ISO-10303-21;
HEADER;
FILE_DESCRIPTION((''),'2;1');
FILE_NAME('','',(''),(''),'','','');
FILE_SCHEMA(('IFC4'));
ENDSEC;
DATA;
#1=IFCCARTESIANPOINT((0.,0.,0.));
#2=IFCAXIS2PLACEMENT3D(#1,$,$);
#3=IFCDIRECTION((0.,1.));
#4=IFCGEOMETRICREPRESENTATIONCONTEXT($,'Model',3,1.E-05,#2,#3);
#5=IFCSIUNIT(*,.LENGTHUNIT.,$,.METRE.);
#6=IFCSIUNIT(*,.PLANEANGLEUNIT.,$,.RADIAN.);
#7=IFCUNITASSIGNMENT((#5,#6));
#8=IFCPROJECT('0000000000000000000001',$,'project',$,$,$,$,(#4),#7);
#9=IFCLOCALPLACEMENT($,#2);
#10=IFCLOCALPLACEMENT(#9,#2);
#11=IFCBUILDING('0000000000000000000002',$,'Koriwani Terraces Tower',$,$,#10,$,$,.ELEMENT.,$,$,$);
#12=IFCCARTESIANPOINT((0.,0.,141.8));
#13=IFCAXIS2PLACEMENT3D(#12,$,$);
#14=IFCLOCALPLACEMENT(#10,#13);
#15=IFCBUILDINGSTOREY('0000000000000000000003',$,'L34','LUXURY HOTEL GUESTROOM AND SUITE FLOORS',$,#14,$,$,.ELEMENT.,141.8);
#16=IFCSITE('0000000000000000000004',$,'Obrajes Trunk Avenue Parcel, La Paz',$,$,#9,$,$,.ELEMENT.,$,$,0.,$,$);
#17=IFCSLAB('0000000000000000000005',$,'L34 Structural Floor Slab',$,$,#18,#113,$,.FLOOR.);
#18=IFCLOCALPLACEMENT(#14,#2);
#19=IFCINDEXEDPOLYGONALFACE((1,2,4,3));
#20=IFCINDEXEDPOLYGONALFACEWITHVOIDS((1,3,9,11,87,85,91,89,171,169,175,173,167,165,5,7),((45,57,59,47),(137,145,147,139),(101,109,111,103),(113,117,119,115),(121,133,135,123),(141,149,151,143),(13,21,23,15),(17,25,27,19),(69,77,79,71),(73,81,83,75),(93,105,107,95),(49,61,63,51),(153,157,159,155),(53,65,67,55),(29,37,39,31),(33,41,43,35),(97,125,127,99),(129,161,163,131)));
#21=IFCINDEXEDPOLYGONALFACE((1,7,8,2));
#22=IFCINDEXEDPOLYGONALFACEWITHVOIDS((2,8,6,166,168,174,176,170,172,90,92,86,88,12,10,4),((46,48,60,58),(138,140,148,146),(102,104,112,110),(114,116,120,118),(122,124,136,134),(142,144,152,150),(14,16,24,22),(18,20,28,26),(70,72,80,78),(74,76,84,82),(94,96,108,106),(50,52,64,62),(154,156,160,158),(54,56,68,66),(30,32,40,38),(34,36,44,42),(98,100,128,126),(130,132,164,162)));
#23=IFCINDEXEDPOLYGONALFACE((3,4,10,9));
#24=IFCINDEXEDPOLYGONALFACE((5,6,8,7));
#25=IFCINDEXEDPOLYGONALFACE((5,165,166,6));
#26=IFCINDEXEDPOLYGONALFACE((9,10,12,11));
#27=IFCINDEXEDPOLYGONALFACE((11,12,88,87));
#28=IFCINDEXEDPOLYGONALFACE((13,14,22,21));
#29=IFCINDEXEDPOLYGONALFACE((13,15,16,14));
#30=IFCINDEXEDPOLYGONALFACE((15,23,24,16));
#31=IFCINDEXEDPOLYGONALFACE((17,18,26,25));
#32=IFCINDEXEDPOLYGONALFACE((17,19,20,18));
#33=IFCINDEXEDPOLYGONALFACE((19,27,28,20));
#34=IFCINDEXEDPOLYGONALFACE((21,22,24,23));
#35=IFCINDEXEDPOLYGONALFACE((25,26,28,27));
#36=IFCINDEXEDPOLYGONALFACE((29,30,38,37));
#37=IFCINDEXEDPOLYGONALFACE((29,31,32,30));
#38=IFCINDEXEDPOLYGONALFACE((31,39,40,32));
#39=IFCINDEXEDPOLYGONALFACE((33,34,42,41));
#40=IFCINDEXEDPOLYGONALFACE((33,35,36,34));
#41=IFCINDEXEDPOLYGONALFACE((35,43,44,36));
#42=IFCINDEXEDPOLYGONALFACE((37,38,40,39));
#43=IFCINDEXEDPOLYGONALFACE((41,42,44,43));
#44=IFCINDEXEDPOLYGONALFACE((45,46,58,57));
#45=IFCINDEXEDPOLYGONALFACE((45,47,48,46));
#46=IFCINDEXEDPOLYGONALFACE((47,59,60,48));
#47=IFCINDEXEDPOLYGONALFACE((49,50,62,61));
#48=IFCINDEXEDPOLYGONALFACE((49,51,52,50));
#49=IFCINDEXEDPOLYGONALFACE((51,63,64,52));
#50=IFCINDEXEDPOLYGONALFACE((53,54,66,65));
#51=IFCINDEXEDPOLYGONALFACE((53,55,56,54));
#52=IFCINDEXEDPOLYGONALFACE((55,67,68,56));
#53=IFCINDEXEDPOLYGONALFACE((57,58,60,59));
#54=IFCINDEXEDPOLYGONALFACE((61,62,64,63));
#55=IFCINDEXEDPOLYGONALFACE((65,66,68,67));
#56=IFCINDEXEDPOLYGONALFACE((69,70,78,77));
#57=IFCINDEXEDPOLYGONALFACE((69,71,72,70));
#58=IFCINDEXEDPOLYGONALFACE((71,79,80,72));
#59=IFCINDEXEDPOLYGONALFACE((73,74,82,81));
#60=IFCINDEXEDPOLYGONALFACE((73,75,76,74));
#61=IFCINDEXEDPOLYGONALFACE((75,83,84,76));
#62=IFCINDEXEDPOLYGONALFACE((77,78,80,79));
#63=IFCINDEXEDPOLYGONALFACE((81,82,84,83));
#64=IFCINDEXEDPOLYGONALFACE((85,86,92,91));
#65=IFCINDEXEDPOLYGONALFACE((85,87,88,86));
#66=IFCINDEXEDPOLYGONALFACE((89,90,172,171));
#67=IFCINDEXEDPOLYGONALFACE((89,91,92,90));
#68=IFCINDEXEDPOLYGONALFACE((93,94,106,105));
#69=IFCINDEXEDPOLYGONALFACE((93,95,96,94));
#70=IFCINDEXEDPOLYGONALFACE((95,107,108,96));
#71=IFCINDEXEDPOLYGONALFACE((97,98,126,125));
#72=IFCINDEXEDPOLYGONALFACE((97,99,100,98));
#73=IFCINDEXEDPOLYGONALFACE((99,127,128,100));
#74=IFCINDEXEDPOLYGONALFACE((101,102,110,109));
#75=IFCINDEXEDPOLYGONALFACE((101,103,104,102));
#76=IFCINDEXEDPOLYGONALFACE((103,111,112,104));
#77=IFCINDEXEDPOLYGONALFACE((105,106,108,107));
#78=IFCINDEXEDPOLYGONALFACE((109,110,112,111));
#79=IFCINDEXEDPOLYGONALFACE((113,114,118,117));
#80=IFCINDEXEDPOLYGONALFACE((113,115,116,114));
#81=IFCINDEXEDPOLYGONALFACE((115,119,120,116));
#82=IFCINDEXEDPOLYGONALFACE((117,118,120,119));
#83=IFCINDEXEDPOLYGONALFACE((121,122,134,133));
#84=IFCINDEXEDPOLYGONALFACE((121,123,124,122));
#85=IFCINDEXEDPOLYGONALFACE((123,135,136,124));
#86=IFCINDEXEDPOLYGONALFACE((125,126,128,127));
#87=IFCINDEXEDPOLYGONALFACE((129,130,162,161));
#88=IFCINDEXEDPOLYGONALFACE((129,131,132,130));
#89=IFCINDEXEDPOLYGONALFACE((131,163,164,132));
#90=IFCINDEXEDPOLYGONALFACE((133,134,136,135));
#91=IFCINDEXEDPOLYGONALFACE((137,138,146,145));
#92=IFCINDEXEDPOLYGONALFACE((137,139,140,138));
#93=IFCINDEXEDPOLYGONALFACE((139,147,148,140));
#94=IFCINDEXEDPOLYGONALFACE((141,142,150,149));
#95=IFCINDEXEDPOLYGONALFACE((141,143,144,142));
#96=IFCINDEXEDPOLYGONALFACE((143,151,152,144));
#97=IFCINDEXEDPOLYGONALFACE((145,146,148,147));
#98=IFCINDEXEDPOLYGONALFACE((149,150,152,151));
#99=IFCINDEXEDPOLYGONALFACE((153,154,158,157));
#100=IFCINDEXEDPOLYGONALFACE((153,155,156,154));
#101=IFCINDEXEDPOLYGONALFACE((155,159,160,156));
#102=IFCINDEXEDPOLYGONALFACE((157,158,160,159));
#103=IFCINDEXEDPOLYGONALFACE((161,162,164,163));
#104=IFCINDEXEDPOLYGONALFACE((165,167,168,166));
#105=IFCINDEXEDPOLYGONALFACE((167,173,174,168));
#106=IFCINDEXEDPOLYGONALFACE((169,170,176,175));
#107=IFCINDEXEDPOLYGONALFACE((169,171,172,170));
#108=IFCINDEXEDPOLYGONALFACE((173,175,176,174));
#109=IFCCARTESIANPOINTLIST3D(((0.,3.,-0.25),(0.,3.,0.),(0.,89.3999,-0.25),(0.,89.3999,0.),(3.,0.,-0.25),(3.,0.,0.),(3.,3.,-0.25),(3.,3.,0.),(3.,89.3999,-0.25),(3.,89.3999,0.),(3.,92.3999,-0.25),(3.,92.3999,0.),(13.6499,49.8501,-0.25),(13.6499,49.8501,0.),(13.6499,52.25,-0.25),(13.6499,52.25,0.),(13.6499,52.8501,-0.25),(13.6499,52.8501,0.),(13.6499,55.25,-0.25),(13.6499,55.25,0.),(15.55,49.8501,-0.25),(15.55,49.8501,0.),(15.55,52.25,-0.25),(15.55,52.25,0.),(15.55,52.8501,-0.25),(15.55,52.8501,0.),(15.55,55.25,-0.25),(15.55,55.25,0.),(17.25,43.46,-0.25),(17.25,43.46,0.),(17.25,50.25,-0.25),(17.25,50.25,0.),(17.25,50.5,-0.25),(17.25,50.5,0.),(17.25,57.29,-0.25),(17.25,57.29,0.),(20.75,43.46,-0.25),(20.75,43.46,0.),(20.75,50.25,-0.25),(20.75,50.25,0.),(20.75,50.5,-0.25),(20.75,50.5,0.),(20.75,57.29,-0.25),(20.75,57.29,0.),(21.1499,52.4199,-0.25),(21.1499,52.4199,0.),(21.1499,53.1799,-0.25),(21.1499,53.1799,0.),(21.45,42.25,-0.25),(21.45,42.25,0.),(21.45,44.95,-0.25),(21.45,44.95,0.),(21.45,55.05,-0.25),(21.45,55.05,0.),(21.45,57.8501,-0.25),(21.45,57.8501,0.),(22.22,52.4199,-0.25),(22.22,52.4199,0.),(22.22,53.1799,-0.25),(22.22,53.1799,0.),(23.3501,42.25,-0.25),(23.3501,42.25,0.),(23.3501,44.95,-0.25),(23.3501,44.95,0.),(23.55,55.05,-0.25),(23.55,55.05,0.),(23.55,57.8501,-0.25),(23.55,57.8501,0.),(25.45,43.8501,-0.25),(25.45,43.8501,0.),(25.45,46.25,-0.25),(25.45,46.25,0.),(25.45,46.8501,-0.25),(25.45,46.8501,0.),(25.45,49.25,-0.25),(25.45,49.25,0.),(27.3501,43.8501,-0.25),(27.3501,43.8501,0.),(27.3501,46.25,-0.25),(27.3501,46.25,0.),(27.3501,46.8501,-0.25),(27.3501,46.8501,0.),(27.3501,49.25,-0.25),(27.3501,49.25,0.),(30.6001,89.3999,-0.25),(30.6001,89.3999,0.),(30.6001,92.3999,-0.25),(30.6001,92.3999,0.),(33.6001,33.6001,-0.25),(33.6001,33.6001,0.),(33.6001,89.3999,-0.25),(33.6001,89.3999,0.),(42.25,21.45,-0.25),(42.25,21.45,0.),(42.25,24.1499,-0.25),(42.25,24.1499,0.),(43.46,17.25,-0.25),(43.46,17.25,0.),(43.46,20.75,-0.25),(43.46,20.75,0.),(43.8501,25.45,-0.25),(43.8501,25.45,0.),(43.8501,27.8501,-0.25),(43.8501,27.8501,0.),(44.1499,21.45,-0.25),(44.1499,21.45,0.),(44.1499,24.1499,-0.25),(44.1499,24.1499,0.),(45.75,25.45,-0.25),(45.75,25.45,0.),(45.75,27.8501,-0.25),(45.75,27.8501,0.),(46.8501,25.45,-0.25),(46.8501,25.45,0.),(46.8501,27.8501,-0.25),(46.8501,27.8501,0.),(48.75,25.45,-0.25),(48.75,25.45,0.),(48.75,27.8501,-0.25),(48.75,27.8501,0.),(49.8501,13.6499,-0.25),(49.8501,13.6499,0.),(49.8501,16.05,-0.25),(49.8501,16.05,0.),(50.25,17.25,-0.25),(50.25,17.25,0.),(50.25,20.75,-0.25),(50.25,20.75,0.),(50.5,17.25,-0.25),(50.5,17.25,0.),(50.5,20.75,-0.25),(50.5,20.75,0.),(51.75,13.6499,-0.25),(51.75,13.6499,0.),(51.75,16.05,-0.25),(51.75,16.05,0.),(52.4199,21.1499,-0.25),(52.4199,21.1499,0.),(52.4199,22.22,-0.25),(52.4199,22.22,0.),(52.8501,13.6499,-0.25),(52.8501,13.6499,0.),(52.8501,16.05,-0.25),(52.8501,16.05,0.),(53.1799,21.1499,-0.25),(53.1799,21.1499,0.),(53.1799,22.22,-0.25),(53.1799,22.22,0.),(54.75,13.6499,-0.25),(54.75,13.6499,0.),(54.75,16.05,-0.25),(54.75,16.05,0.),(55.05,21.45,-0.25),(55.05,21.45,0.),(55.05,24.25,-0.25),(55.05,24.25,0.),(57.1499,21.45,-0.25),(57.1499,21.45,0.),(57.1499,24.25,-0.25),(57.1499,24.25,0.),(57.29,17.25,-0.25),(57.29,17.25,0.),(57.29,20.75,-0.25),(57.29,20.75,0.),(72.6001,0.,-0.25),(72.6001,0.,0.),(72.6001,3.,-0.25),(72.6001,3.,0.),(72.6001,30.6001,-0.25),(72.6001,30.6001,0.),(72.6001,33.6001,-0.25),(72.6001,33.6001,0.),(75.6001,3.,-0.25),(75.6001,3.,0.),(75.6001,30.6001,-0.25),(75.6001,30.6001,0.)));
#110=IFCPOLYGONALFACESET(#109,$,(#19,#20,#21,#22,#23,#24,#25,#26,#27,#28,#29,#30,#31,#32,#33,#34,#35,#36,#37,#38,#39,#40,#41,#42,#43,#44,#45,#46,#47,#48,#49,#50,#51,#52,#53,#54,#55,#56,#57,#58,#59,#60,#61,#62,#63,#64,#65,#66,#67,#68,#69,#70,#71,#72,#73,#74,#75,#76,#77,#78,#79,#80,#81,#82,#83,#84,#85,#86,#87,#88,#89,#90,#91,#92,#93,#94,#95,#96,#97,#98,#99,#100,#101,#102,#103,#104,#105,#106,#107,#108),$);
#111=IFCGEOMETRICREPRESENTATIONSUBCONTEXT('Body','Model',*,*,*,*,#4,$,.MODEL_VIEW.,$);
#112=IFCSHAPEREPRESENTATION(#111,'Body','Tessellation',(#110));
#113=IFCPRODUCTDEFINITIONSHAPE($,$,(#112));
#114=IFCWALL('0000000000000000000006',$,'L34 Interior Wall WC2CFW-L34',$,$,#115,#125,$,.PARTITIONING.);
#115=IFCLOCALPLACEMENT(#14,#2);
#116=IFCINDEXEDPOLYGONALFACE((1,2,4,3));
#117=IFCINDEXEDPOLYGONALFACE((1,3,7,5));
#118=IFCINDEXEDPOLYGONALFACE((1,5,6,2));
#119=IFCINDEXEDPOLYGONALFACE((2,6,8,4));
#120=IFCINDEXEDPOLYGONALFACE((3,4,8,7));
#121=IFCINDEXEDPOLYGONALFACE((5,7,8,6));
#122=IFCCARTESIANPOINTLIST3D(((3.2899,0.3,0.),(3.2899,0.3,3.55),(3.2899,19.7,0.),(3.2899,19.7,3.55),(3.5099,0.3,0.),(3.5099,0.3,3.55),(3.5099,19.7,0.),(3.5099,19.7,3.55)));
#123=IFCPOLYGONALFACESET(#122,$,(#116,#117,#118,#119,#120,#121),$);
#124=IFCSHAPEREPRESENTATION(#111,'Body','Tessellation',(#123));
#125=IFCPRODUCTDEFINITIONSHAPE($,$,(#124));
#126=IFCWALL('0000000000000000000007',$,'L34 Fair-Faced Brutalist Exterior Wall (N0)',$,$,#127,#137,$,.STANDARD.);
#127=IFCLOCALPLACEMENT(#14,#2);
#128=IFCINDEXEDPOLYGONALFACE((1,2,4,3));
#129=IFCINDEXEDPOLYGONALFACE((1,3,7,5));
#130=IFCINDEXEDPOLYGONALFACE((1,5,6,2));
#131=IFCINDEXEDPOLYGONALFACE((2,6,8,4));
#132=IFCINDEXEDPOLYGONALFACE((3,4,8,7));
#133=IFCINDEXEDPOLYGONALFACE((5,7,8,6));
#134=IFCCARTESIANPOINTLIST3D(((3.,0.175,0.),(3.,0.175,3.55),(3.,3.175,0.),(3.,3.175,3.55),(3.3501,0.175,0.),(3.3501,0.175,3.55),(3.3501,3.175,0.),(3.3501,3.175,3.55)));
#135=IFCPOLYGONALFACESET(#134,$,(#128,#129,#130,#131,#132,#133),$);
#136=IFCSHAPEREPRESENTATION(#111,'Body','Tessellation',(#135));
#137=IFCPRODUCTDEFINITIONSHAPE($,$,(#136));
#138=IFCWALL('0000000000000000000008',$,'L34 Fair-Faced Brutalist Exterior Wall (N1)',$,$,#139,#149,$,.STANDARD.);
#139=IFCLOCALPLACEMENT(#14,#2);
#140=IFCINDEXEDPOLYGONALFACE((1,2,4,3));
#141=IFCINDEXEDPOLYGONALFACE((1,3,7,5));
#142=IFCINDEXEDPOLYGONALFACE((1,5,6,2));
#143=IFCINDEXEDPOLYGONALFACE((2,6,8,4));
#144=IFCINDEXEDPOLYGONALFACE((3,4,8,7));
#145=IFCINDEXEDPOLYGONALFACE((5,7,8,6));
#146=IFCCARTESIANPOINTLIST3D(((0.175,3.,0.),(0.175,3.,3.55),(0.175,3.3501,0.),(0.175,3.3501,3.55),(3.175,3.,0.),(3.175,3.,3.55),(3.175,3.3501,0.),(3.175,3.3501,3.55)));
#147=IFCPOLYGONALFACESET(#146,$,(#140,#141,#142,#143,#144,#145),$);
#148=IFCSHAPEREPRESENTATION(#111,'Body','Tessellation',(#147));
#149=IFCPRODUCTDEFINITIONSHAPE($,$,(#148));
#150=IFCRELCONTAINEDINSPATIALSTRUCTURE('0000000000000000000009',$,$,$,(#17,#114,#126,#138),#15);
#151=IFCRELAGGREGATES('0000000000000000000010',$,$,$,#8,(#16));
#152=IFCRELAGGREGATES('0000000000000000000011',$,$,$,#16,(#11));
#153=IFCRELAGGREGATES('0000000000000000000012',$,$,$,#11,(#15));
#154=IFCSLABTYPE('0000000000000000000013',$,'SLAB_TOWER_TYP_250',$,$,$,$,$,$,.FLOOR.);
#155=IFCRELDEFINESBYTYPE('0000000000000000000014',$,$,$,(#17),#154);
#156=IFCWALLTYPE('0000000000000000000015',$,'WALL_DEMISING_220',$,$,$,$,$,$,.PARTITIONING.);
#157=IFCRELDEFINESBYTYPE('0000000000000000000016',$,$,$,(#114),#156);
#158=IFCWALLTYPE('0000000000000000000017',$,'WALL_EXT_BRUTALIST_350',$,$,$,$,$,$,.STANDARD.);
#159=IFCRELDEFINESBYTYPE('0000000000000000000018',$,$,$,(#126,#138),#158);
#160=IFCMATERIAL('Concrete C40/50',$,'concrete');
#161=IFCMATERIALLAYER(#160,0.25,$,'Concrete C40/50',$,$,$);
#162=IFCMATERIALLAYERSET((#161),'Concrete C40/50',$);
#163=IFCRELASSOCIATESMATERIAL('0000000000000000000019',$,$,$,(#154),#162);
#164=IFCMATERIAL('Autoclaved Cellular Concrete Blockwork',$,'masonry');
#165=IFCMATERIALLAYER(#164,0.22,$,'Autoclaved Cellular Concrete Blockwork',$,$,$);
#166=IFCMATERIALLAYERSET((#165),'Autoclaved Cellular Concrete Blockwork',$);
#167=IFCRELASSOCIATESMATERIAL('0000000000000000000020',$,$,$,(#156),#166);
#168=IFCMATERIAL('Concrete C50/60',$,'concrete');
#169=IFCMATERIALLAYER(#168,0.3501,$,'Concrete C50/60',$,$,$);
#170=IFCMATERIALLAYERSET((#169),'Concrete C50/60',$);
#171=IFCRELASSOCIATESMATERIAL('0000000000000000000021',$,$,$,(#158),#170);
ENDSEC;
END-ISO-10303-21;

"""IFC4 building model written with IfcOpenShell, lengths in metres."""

from ifc_helpers import new_model, si_unit, direction, frame, frame_2d, origin, place, context, subcontext, project, spatial, polyline, rectangle, outline, extrude, material, layer, layer_set, type_object, element, save


model = new_model("IFC4")

# Units and contexts
model_context = context("Model", 3, precision=1e-05, world=origin(), true_north=direction((0.0, 1.0)))
body_context = subcontext(model_context, "Body", "Model", "MODEL_VIEW")
ifc_project = project(units=[si_unit("LENGTHUNIT", "METRE"), si_unit("PLANEANGLEUNIT", "RADIAN")], contexts=[model_context])

# Site, building, storey
site_placement = place(None, origin())
site = spatial("IfcSite", under=ifc_project, at=site_placement, Name="Obrajes Trunk Avenue Parcel, La Paz", CompositionType="ELEMENT", RefElevation=0.0)
building_placement = place(site_placement, origin())
building = spatial("IfcBuilding", under=site, at=building_placement, Name="Koriwani Terraces Tower", CompositionType="ELEMENT")
storey_placement = place(building_placement, frame((0.0, 0.0, 141.8)))
storey = spatial("IfcBuildingStorey", under=building, at=storey_placement, Name="L34", Description="LUXURY HOTEL GUESTROOM AND SUITE FLOORS", CompositionType="ELEMENT", Elevation=141.8)

# Shared definitions
ifc_material_1 = material(Name="Concrete C40/50", Category="concrete")
ifc_material_2 = material(Name="Concrete C50/60", Category="concrete")

# Slab
ifc_layer_1 = layer(ifc_material_1, 0.25, Name="Concrete C40/50")
ifc_layer_set_1 = layer_set([ifc_layer_1], Name="Concrete C40/50")
slab_type_1 = type_object("IfcSlabType", Name="SLAB_TOWER_TYP_250", PredefinedType="FLOOR", material=ifc_layer_set_1)
slab_1_placement = place(storey_placement, frame((0.0, 0.0, -0.25)))
element("IfcSlab", 1, at=slab_1_placement, inside=storey, type_object=slab_type_1, Name="L34 Structural Floor Slab", PredefinedType="FLOOR", context=body_context, shape_type="SweptSolid", body=[
    extrude(outline(polyline([(3.0, 0.0), (72.6001, 0.0), (72.6001, 3.0), (75.6001, 3.0), (75.6001, 30.6001), (72.6001, 30.6001), (72.6001, 33.6001), (33.6001, 33.6001), (33.6001, 89.3999), (30.6001, 89.3999), (30.6001, 92.3999), (3.0, 92.3999), (3.0, 89.3999), (0.0, 89.3999), (0.0, 3.0), (3.0, 3.0), (3.0, 0.0)]), holes=[polyline([(17.25, 43.46), (20.75, 43.46), (20.75, 50.25), (17.25, 50.25), (17.25, 43.46)]), polyline([(17.25, 50.5), (20.75, 50.5), (20.75, 57.29), (17.25, 57.29), (17.25, 50.5)]), polyline([(43.46, 17.25), (50.25, 17.25), (50.25, 20.75), (43.46, 20.75), (43.46, 17.25)]), polyline([(50.5, 17.25), (57.29, 17.25), (57.29, 20.75), (50.5, 20.75), (50.5, 17.25)]), polyline([(13.6499, 49.8501), (15.55, 49.8501), (15.55, 52.25), (13.6499, 52.25), (13.6499, 49.8501)]), polyline([(13.6499, 52.8501), (15.55, 52.8501), (15.55, 55.25), (13.6499, 55.25), (13.6499, 52.8501)]), polyline([(49.8501, 13.6499), (51.75, 13.6499), (51.75, 16.05), (49.8501, 16.05), (49.8501, 13.6499)]), polyline([(52.8501, 13.6499), (54.75, 13.6499), (54.75, 16.05), (52.8501, 16.05), (52.8501, 13.6499)]), polyline([(25.45, 43.8501), (27.3501, 43.8501), (27.3501, 46.25), (25.45, 46.25), (25.45, 43.8501)]), polyline([(25.45, 46.8501), (27.3501, 46.8501), (27.3501, 49.25), (25.45, 49.25), (25.45, 46.8501)]), polyline([(43.8501, 25.45), (45.75, 25.45), (45.75, 27.8501), (43.8501, 27.8501), (43.8501, 25.45)]), polyline([(46.8501, 25.45), (48.75, 25.45), (48.75, 27.8501), (46.8501, 27.8501), (46.8501, 25.45)]), polyline([(21.45, 55.05), (23.55, 55.05), (23.55, 57.8501), (21.45, 57.8501), (21.45, 55.05)]), polyline([(55.05, 21.45), (57.1499, 21.45), (57.1499, 24.25), (55.05, 24.25), (55.05, 21.45)]), polyline([(21.45, 42.25), (23.3501, 42.25), (23.3501, 44.95), (21.45, 44.95), (21.45, 42.25)]), polyline([(42.25, 21.45), (44.1499, 21.45), (44.1499, 24.1499), (42.25, 24.1499), (42.25, 21.45)]), polyline([(21.1499, 52.4199), (22.22, 52.4199), (22.22, 53.1799), (21.1499, 53.1799), (21.1499, 52.4199)]), polyline([(52.4199, 21.1499), (53.1799, 21.1499), (53.1799, 22.22), (52.4199, 22.22), (52.4199, 21.1499)])]), origin(), (0.0, 0.0, 1.0), 0.25),
])

# Walls
ifc_material_3 = material(Name="Autoclaved Cellular Concrete Blockwork", Category="masonry")
ifc_layer_2 = layer(ifc_material_3, 0.22, Name="Autoclaved Cellular Concrete Blockwork")
ifc_layer_set_2 = layer_set([ifc_layer_2], Name="Autoclaved Cellular Concrete Blockwork")
wall_type_1 = type_object("IfcWallType", Name="WALL_DEMISING_220", PredefinedType="PARTITIONING", material=ifc_layer_set_2)
wall_1_placement = place(storey_placement, frame((3.3999, 0.3, 0.0), z_axis=(0.0, 0.0, 1.0), x_axis=(0.0, 1.0, 0.0)))
element("IfcWall", 2, at=wall_1_placement, inside=storey, type_object=wall_type_1, Name="L34 Interior Wall WC2CFW-L34", PredefinedType="PARTITIONING", context=body_context, shape_type="SweptSolid", body=[
    extrude(rectangle(XDim=19.3999, YDim=0.22, at=frame_2d((9.7, 0.0))), origin(), (0.0, 0.0, 1.0), 3.55),
])
ifc_layer_3 = layer(ifc_material_2, 0.3501, Name="Concrete C50/60")
ifc_layer_set_3 = layer_set([ifc_layer_3], Name="Concrete C50/60")
wall_type_2 = type_object("IfcWallType", Name="WALL_EXT_BRUTALIST_350", PredefinedType="STANDARD", material=ifc_layer_set_3)
for number, where, z_axis, x_axis, name in (
    (3, (3.175, 0.175, 0.0), (0.0, 0.0, 1.0), (0.0, 1.0, 0.0), "L34 Fair-Faced Brutalist Exterior Wall (N0)"),
    (4, (3.175, 3.175, 0.0), (0.0, 0.0, 1.0), (-1.0, 0.0, 0.0), "L34 Fair-Faced Brutalist Exterior Wall (N1)"),
):
    element("IfcWall", number, at=place(storey_placement, frame(where, z_axis=z_axis, x_axis=x_axis)), inside=storey, type_object=wall_type_2, Name=name, PredefinedType="STANDARD", context=body_context, shape_type="SweptSolid", body=[
        extrude(rectangle(XDim=3.0, YDim=0.3501, at=frame_2d((1.5, 0.0))), origin(), (0.0, 0.0, 1.0), 3.55),
    ])

save(model, "model.ifc")
